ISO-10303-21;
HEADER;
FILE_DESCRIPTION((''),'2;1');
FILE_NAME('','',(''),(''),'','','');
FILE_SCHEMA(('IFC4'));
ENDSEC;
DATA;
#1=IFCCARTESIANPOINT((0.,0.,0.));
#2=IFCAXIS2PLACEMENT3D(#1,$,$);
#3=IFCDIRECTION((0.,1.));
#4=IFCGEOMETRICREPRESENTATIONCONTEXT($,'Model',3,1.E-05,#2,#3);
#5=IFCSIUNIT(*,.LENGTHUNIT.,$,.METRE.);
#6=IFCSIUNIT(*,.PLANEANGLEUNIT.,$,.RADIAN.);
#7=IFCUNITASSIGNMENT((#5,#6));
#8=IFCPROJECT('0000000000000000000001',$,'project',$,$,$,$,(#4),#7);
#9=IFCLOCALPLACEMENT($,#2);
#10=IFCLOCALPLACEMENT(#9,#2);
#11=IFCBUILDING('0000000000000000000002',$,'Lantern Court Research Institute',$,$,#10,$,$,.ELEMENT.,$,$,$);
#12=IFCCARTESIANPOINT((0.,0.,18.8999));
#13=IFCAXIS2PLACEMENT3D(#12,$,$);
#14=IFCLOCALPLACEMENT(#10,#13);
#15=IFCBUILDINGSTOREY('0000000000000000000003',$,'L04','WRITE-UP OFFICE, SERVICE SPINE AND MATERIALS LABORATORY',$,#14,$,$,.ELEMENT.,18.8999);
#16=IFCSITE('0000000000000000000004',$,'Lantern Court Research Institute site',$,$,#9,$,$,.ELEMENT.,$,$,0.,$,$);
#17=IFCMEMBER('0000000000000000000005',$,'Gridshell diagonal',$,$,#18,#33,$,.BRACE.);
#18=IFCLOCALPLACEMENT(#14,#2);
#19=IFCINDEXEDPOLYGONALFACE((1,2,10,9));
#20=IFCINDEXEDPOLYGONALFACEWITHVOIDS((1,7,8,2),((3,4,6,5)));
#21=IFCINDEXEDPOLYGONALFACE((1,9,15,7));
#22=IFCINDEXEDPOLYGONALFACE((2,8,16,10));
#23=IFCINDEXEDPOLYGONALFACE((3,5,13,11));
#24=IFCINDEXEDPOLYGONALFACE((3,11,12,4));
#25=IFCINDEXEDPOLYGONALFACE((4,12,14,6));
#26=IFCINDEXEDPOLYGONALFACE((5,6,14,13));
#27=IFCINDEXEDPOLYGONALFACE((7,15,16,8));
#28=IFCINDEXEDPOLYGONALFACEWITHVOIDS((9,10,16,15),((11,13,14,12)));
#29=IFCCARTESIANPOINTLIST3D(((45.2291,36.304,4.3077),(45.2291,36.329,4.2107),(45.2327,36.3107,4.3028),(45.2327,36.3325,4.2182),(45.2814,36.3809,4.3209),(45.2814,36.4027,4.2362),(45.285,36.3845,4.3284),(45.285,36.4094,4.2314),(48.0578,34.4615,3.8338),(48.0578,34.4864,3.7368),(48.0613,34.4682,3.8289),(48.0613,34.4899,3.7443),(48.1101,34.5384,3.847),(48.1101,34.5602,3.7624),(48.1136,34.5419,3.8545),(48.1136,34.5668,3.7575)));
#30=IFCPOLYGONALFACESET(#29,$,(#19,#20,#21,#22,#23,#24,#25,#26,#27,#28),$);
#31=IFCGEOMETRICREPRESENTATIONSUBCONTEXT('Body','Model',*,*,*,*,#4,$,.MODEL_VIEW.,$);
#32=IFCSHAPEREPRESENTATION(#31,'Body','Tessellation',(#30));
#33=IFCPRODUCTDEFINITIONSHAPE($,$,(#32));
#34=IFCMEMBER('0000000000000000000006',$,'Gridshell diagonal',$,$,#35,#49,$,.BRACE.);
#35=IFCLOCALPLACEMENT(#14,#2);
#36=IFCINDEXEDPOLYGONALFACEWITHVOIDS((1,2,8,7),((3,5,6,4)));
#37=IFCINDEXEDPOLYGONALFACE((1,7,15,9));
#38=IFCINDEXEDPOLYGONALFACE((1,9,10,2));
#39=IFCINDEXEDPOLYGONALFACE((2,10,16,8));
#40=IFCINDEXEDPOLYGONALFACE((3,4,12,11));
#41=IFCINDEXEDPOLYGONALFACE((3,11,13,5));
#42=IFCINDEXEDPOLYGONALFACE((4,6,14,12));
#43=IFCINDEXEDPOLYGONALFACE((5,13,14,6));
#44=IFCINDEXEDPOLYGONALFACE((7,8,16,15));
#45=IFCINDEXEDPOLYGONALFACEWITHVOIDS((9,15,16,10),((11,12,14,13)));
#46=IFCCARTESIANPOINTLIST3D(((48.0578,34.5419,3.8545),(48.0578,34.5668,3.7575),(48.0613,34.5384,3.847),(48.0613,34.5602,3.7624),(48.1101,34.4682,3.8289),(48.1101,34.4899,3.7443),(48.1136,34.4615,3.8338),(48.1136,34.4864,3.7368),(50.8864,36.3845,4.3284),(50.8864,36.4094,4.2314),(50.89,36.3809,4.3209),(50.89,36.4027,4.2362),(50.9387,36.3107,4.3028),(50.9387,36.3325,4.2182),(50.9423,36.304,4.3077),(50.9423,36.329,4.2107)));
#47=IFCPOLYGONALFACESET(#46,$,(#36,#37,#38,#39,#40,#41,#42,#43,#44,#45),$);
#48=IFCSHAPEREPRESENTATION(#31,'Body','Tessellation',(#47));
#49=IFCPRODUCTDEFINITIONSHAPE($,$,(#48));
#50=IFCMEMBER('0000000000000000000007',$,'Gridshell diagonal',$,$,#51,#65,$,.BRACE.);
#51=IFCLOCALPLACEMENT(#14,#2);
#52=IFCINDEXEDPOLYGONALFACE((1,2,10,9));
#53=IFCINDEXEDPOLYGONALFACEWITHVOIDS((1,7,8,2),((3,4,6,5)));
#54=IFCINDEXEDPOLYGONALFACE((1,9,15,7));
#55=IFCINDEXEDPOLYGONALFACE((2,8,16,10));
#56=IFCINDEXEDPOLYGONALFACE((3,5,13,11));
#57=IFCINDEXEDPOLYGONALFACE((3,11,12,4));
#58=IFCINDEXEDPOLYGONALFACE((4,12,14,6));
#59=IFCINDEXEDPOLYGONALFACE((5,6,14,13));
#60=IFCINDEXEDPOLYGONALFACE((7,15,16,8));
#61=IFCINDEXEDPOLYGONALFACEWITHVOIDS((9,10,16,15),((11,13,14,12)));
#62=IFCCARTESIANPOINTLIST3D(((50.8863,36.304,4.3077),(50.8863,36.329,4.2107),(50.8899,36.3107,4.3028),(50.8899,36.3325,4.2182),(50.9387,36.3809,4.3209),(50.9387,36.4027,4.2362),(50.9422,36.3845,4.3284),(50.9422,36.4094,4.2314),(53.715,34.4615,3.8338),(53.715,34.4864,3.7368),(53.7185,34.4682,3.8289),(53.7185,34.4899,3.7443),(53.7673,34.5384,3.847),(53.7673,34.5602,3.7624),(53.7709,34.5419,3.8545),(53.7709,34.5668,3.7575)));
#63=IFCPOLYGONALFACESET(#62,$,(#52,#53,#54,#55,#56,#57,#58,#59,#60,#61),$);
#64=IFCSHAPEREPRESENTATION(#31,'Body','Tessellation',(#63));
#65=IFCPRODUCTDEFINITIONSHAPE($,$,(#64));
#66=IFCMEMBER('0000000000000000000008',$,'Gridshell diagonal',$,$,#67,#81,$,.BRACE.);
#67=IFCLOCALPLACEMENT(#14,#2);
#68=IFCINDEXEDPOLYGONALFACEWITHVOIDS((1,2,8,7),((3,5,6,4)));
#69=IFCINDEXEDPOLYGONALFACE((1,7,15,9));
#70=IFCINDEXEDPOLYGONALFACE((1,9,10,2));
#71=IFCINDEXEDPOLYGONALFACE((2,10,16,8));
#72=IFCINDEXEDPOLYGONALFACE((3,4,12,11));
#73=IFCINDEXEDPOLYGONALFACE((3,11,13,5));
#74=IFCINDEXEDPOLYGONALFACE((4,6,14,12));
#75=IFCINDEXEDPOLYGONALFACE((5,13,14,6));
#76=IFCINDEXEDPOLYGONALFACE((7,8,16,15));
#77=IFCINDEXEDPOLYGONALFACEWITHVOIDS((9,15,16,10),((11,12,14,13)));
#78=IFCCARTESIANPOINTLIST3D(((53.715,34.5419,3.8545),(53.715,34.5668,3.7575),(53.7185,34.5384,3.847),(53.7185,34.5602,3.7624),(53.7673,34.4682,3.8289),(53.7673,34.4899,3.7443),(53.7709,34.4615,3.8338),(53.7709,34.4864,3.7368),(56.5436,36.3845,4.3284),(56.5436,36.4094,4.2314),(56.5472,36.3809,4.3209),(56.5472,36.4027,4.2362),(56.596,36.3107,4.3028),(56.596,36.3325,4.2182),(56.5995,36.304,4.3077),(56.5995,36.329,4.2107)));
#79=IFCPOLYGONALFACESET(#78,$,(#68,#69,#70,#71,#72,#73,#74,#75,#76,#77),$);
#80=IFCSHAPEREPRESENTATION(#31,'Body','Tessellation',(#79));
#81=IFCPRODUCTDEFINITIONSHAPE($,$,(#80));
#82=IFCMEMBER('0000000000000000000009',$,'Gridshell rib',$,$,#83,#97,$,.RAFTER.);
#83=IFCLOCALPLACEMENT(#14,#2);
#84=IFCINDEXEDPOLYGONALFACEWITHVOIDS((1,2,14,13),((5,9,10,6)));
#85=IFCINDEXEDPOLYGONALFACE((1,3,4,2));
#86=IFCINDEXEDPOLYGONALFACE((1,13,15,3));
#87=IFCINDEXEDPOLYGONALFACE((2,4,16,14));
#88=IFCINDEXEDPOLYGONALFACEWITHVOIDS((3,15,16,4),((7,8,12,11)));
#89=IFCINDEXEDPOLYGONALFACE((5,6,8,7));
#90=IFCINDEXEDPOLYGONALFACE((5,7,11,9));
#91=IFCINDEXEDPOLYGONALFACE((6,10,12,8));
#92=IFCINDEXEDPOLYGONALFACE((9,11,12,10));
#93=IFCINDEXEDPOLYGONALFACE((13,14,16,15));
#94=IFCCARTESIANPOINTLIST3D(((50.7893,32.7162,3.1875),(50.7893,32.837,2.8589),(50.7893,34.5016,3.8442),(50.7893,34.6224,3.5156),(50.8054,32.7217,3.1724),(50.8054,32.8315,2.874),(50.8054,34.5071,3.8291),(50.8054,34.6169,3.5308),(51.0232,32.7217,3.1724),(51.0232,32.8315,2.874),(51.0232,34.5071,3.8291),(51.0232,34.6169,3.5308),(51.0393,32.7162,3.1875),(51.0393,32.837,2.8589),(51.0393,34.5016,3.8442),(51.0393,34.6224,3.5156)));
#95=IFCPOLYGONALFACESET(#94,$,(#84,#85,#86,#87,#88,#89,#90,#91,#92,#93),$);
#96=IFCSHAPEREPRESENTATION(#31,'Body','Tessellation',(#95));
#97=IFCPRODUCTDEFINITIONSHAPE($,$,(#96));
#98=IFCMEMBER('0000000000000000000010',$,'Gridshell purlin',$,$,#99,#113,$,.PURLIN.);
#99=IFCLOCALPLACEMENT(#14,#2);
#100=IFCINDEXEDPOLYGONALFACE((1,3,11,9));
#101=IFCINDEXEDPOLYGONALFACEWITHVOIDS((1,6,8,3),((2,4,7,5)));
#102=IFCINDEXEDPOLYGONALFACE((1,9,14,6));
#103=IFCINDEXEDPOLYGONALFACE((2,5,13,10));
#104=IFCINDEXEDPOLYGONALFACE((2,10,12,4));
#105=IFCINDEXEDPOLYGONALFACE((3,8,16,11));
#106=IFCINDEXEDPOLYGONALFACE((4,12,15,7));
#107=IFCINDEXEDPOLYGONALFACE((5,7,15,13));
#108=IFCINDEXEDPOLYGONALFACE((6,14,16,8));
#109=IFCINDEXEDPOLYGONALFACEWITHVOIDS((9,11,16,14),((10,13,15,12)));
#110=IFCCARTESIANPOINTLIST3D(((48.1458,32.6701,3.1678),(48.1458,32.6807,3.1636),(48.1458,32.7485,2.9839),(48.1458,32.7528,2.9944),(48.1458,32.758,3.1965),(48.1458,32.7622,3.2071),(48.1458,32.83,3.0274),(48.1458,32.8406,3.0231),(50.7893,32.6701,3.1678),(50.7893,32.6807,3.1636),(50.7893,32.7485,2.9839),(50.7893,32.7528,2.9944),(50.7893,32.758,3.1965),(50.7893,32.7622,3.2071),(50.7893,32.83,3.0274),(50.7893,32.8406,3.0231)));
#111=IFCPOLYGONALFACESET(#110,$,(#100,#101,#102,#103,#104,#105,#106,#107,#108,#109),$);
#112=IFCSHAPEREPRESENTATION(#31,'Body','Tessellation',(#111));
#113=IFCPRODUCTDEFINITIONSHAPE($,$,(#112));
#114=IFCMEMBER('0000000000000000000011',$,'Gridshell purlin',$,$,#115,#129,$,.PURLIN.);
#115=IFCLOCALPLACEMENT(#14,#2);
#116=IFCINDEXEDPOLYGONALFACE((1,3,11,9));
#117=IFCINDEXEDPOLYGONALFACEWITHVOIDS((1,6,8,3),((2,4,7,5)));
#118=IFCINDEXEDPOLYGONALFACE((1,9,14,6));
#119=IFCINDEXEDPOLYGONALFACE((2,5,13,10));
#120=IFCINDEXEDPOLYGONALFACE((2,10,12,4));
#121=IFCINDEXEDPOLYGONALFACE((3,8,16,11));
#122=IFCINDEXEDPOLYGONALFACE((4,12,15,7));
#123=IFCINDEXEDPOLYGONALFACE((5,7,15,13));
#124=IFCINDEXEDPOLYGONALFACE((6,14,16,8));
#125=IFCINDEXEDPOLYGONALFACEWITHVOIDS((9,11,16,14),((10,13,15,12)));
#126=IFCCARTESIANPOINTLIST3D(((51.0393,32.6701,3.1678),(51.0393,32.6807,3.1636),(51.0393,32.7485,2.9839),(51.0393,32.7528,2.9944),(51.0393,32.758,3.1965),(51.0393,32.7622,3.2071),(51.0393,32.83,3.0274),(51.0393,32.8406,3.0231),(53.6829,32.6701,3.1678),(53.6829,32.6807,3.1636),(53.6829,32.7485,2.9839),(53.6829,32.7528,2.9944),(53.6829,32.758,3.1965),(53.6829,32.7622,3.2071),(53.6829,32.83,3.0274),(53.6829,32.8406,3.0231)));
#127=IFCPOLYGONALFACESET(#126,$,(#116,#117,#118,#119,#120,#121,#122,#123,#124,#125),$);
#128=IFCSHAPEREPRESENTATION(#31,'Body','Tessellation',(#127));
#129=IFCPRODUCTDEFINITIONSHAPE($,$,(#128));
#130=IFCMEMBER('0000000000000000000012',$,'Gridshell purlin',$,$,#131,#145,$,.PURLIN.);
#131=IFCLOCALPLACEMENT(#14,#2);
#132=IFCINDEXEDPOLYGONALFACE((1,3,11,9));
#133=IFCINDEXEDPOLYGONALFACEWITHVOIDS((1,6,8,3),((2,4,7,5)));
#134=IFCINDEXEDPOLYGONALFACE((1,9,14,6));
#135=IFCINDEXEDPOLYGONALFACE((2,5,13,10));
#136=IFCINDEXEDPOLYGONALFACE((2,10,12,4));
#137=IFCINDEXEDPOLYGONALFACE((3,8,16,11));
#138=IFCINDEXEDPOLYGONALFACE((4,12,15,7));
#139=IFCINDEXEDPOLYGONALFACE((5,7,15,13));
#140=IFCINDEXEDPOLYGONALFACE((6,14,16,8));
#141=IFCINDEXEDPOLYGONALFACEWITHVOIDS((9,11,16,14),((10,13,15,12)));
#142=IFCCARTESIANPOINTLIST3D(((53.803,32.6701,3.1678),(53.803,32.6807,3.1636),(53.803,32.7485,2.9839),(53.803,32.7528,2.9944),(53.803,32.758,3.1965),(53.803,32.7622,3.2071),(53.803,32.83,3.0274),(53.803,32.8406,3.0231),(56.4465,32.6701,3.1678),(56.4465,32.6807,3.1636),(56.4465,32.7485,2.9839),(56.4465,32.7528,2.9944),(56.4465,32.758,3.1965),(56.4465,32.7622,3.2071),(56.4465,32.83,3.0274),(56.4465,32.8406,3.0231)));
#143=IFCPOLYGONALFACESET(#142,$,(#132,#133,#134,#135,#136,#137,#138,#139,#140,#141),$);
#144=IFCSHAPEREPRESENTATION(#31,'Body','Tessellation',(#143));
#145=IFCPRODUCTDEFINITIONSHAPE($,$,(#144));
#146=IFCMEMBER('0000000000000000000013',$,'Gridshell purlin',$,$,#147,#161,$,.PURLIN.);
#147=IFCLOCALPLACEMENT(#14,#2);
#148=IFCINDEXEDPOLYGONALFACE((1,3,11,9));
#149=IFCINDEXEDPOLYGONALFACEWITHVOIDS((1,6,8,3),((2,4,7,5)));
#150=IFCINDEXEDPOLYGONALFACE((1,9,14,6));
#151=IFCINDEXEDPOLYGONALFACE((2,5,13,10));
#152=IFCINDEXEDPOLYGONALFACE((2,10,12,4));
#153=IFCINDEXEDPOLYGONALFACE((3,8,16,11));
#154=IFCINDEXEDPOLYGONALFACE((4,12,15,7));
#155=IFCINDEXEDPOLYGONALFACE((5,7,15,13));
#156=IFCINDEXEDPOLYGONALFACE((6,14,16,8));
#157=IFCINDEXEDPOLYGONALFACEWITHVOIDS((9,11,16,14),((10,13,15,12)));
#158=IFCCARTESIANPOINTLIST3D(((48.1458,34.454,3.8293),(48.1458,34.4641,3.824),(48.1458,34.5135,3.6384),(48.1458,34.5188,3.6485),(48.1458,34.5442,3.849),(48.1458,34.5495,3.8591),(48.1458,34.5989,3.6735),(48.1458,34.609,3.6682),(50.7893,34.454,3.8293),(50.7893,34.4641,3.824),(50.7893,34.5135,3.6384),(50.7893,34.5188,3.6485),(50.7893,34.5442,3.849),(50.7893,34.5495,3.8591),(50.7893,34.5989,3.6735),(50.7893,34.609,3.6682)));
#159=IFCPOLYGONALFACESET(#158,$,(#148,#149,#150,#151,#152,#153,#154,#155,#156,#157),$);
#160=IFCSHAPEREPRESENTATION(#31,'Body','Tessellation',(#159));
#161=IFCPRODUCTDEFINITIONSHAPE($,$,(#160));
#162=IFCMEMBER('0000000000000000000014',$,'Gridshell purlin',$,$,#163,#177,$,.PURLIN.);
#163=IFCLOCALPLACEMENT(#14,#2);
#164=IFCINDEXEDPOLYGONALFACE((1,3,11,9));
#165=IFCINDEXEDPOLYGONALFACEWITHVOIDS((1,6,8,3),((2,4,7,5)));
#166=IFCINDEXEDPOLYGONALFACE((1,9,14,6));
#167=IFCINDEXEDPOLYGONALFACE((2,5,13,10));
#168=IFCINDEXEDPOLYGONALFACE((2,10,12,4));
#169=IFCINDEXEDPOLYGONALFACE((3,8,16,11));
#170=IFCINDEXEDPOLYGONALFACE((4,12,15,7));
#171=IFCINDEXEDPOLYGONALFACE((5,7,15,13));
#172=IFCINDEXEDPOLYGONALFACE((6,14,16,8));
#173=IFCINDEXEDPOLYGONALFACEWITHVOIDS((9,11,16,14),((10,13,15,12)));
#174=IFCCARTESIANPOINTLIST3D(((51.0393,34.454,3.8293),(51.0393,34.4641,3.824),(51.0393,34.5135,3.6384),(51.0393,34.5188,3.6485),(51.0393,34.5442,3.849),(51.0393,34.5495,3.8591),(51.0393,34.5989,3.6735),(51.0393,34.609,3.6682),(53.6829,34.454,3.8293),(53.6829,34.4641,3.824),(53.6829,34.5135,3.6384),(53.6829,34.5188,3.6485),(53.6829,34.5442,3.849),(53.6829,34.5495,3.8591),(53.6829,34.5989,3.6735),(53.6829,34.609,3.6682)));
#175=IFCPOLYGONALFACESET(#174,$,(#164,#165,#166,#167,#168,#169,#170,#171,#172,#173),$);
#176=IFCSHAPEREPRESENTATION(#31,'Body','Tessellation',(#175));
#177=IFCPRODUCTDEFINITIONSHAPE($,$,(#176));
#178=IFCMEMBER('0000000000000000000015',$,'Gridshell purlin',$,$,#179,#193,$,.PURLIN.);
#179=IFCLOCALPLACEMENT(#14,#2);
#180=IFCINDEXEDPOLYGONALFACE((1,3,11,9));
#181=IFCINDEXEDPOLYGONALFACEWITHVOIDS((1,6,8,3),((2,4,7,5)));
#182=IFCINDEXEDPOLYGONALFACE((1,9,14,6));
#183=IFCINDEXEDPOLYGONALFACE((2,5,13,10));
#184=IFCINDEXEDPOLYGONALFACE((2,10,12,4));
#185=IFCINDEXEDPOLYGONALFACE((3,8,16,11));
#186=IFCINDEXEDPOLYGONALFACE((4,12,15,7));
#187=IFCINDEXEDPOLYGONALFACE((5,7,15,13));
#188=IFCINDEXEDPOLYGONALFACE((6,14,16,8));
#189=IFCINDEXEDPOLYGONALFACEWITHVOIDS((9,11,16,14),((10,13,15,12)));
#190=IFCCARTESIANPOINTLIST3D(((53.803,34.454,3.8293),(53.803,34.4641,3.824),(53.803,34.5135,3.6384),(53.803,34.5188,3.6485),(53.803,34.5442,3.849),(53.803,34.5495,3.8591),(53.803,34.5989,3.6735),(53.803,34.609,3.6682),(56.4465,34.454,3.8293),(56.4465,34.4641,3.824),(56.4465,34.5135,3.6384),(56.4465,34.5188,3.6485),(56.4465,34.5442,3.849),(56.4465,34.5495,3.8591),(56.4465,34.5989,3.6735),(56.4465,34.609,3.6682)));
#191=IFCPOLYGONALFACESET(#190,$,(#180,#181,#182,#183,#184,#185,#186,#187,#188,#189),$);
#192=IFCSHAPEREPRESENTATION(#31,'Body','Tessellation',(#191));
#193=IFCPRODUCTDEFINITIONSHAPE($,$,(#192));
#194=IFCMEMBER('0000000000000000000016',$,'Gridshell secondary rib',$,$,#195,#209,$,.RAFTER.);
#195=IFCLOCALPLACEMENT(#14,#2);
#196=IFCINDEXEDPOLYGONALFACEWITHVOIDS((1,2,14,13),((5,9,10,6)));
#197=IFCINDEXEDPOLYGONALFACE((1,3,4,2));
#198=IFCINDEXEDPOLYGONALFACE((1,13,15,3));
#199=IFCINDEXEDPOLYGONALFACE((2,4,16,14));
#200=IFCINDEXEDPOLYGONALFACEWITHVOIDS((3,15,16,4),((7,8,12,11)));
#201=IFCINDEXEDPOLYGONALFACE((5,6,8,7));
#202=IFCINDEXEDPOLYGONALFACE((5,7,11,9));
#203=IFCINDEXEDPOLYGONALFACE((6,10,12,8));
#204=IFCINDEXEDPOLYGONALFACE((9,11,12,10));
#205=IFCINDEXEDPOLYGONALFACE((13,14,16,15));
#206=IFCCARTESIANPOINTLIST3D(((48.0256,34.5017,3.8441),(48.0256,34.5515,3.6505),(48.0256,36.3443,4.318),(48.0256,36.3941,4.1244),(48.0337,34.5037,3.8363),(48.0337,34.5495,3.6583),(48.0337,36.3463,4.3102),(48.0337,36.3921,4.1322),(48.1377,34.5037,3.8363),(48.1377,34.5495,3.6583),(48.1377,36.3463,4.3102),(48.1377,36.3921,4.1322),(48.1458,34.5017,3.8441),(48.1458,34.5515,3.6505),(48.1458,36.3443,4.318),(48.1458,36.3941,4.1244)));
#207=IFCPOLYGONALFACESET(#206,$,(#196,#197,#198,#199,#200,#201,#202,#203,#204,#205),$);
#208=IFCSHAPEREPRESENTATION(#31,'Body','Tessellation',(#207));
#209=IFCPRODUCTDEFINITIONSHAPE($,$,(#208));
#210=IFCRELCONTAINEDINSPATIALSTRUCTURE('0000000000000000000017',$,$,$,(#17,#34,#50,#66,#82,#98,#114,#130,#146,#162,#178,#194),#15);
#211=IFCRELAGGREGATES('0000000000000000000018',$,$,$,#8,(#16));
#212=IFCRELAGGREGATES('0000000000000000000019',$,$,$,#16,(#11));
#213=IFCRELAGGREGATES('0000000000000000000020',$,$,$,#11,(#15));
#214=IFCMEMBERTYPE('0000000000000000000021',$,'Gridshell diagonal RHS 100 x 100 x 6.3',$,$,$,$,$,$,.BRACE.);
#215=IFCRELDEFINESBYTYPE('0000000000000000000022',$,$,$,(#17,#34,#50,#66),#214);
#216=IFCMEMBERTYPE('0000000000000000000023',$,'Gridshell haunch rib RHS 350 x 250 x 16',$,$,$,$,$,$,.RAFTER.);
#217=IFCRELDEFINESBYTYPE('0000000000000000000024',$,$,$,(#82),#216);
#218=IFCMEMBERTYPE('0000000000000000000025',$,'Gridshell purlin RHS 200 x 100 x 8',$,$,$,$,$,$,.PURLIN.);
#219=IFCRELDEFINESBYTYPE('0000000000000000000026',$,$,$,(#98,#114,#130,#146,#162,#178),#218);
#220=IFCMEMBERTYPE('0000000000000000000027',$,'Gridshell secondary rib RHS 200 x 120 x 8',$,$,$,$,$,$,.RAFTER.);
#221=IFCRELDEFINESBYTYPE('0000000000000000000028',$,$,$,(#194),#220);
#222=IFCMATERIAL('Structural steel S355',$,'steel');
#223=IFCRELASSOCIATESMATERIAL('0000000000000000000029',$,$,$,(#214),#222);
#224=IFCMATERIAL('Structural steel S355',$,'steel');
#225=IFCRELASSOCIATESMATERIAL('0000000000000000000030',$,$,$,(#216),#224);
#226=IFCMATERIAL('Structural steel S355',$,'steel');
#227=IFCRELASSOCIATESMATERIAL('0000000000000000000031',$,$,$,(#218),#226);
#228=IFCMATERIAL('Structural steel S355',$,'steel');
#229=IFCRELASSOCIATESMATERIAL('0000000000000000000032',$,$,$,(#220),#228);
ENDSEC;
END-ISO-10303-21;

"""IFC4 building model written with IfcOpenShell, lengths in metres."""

from ifc_helpers import new_model, si_unit, direction, frame, origin, origin_2d, place, context, subcontext, project, spatial, hollow_rectangle, extrude, material, material_profile, profile_set, type_object, element, save


model = new_model("IFC4")

# Units and contexts
model_context = context("Model", 3, precision=1e-05, world=origin(), true_north=direction((0.0, 1.0)))
body_context = subcontext(model_context, "Body", "Model", "MODEL_VIEW")
ifc_project = project(units=[si_unit("LENGTHUNIT", "METRE"), si_unit("PLANEANGLEUNIT", "RADIAN")], contexts=[model_context])

# Site, building, storey
site_placement = place(None, origin())
site = spatial("IfcSite", under=ifc_project, at=site_placement, Name="Lantern Court Research Institute site", CompositionType="ELEMENT", RefElevation=0.0)
building_placement = place(site_placement, origin())
building = spatial("IfcBuilding", under=site, at=building_placement, Name="Lantern Court Research Institute", CompositionType="ELEMENT")
storey_placement = place(building_placement, frame((0.0, 0.0, 18.8999)))
storey = spatial("IfcBuildingStorey", under=building, at=storey_placement, Name="L04", Description="WRITE-UP OFFICE, SERVICE SPINE AND MATERIALS LABORATORY", CompositionType="ELEMENT", Elevation=18.8999)

# Members
ifc_material_1 = material(Name="Structural steel S355", Category="steel")
ifc_material_profile_1 = material_profile(ifc_material_1, hollow_rectangle(XDim=0.1001, YDim=0.1001, WallThickness=0.0063, at=origin_2d()), Name="Gridshell diagonal RHS 100 x 100 x 6.3")
ifc_profile_set_1 = profile_set([ifc_material_profile_1], Name="Structural steel S355")
member_type_1 = type_object("IfcMemberType", Name="Gridshell diagonal RHS 100 x 100 x 6.3", PredefinedType="BRACE", material=ifc_profile_set_1)
for number, where, z_axis, x_axis, name in (
    (1, (48.0857, 34.5142, 3.7957), (-0.829776, 0.540507, 0.139012), (-0.558097, -0.803619, -0.206699), "Gridshell diagonal"),
    (2, (48.0857, 34.5142, 3.7957), (0.829776, 0.540507, 0.139012), (-0.558097, 0.803619, 0.206699), "Gridshell diagonal"),
    (3, (53.7429, 34.5142, 3.7957), (-0.829776, 0.540507, 0.139012), (-0.558097, -0.803619, -0.206699), "Gridshell diagonal"),
    (4, (53.7429, 34.5142, 3.7957), (0.829776, 0.540507, 0.139012), (-0.558097, 0.803619, 0.206699), "Gridshell diagonal"),
):
    element("IfcMember", number, at=place(storey_placement, frame(where, z_axis=z_axis, x_axis=x_axis)), inside=storey, type_object=member_type_1, Name=name, PredefinedType="BRACE", context=body_context, shape_type="SweptSolid", body=[
        extrude(hollow_rectangle(XDim=0.1001, YDim=0.1001, WallThickness=0.0063, at=origin_2d()), origin(), (0.0, 0.0, 1.0), 3.4089),
    ])
ifc_material_2 = material(Name="Structural steel S355", Category="steel")
ifc_material_profile_2 = material_profile(ifc_material_2, hollow_rectangle(XDim=0.25, YDim=0.3501, WallThickness=0.0161, at=origin_2d()), Name="Gridshell haunch rib RHS 350 x 250 x 16")
ifc_profile_set_2 = profile_set([ifc_material_profile_2], Name="Structural steel S355")
member_type_2 = type_object("IfcMemberType", Name="Gridshell haunch rib RHS 350 x 250 x 16", PredefinedType="RAFTER", material=ifc_profile_set_2)
member_1_placement = place(storey_placement, frame((50.9143, 32.7766, 3.0232), z_axis=(0.0, 0.93852, 0.345224), x_axis=(-1.0, 0.0, 0.0)))
element("IfcMember", 5, at=member_1_placement, inside=storey, type_object=member_type_2, Name="Gridshell rib", PredefinedType="RAFTER", context=body_context, shape_type="SweptSolid", body=[
    extrude(hollow_rectangle(XDim=0.25, YDim=0.3501, WallThickness=0.0161, at=origin_2d()), origin(), (0.0, 0.0, 1.0), 1.9023),
])
ifc_material_3 = material(Name="Structural steel S355", Category="steel")
ifc_material_profile_3 = material_profile(ifc_material_3, hollow_rectangle(XDim=0.1001, YDim=0.2, WallThickness=0.0081, at=origin_2d()), Name="Gridshell purlin RHS 200 x 100 x 8")
ifc_profile_set_3 = profile_set([ifc_material_profile_3], Name="Structural steel S355")
member_type_3 = type_object("IfcMemberType", Name="Gridshell purlin RHS 200 x 100 x 8", PredefinedType="PURLIN", material=ifc_profile_set_3)
for number, where, z_axis, x_axis, name in (
    (6, (48.1458, 32.7554, 3.0955), (1.0, 0.0, 0.0), (0.0, 0.919966, 0.391999), "Gridshell purlin"),
    (7, (51.0393, 32.7554, 3.0955), (1.0, 0.0, 0.0), (0.0, 0.919966, 0.391999), "Gridshell purlin"),
    (8, (53.803, 32.7554, 3.0955), (1.0, 0.0, 0.0), (0.0, 0.919966, 0.391999), "Gridshell purlin"),
    (9, (48.1458, 34.5315, 3.7488), (1.0, 0.0, 0.0), (0.0, 0.954713, 0.297528), "Gridshell purlin"),
    (10, (51.0393, 34.5315, 3.7488), (1.0, 0.0, 0.0), (0.0, 0.954713, 0.297528), "Gridshell purlin"),
    (11, (53.803, 34.5315, 3.7488), (1.0, 0.0, 0.0), (0.0, 0.954713, 0.297528), "Gridshell purlin"),
):
    element("IfcMember", number, at=place(storey_placement, frame(where, z_axis=z_axis, x_axis=x_axis)), inside=storey, type_object=member_type_3, Name=name, PredefinedType="PURLIN", context=body_context, shape_type="SweptSolid", body=[
        extrude(hollow_rectangle(XDim=0.1001, YDim=0.2, WallThickness=0.0081, at=origin_2d()), origin(), (0.0, 0.0, 1.0), 2.6436),
    ])
ifc_material_4 = material(Name="Structural steel S355", Category="steel")
ifc_material_profile_4 = material_profile(ifc_material_4, hollow_rectangle(XDim=0.1201, YDim=0.2, WallThickness=0.0081, at=origin_2d()), Name="Gridshell secondary rib RHS 200 x 120 x 8")
ifc_profile_set_4 = profile_set([ifc_material_profile_4], Name="Structural steel S355")
member_type_4 = type_object("IfcMemberType", Name="Gridshell secondary rib RHS 200 x 120 x 8", PredefinedType="RAFTER", material=ifc_profile_set_4)
member_2_placement = place(storey_placement, frame((48.0857, 34.5266, 3.7473), z_axis=(0.0, 0.968482, 0.249082), x_axis=(-1.0, 0.0, 0.0)))
element("IfcMember", 12, at=member_2_placement, inside=storey, type_object=member_type_4, Name="Gridshell secondary rib", PredefinedType="RAFTER", context=body_context, shape_type="SweptSolid", body=[
    extrude(hollow_rectangle(XDim=0.1201, YDim=0.2, WallThickness=0.0081, at=origin_2d()), origin(), (0.0, 0.0, 1.0), 1.9026),
])

save(model, "model.ifc")
